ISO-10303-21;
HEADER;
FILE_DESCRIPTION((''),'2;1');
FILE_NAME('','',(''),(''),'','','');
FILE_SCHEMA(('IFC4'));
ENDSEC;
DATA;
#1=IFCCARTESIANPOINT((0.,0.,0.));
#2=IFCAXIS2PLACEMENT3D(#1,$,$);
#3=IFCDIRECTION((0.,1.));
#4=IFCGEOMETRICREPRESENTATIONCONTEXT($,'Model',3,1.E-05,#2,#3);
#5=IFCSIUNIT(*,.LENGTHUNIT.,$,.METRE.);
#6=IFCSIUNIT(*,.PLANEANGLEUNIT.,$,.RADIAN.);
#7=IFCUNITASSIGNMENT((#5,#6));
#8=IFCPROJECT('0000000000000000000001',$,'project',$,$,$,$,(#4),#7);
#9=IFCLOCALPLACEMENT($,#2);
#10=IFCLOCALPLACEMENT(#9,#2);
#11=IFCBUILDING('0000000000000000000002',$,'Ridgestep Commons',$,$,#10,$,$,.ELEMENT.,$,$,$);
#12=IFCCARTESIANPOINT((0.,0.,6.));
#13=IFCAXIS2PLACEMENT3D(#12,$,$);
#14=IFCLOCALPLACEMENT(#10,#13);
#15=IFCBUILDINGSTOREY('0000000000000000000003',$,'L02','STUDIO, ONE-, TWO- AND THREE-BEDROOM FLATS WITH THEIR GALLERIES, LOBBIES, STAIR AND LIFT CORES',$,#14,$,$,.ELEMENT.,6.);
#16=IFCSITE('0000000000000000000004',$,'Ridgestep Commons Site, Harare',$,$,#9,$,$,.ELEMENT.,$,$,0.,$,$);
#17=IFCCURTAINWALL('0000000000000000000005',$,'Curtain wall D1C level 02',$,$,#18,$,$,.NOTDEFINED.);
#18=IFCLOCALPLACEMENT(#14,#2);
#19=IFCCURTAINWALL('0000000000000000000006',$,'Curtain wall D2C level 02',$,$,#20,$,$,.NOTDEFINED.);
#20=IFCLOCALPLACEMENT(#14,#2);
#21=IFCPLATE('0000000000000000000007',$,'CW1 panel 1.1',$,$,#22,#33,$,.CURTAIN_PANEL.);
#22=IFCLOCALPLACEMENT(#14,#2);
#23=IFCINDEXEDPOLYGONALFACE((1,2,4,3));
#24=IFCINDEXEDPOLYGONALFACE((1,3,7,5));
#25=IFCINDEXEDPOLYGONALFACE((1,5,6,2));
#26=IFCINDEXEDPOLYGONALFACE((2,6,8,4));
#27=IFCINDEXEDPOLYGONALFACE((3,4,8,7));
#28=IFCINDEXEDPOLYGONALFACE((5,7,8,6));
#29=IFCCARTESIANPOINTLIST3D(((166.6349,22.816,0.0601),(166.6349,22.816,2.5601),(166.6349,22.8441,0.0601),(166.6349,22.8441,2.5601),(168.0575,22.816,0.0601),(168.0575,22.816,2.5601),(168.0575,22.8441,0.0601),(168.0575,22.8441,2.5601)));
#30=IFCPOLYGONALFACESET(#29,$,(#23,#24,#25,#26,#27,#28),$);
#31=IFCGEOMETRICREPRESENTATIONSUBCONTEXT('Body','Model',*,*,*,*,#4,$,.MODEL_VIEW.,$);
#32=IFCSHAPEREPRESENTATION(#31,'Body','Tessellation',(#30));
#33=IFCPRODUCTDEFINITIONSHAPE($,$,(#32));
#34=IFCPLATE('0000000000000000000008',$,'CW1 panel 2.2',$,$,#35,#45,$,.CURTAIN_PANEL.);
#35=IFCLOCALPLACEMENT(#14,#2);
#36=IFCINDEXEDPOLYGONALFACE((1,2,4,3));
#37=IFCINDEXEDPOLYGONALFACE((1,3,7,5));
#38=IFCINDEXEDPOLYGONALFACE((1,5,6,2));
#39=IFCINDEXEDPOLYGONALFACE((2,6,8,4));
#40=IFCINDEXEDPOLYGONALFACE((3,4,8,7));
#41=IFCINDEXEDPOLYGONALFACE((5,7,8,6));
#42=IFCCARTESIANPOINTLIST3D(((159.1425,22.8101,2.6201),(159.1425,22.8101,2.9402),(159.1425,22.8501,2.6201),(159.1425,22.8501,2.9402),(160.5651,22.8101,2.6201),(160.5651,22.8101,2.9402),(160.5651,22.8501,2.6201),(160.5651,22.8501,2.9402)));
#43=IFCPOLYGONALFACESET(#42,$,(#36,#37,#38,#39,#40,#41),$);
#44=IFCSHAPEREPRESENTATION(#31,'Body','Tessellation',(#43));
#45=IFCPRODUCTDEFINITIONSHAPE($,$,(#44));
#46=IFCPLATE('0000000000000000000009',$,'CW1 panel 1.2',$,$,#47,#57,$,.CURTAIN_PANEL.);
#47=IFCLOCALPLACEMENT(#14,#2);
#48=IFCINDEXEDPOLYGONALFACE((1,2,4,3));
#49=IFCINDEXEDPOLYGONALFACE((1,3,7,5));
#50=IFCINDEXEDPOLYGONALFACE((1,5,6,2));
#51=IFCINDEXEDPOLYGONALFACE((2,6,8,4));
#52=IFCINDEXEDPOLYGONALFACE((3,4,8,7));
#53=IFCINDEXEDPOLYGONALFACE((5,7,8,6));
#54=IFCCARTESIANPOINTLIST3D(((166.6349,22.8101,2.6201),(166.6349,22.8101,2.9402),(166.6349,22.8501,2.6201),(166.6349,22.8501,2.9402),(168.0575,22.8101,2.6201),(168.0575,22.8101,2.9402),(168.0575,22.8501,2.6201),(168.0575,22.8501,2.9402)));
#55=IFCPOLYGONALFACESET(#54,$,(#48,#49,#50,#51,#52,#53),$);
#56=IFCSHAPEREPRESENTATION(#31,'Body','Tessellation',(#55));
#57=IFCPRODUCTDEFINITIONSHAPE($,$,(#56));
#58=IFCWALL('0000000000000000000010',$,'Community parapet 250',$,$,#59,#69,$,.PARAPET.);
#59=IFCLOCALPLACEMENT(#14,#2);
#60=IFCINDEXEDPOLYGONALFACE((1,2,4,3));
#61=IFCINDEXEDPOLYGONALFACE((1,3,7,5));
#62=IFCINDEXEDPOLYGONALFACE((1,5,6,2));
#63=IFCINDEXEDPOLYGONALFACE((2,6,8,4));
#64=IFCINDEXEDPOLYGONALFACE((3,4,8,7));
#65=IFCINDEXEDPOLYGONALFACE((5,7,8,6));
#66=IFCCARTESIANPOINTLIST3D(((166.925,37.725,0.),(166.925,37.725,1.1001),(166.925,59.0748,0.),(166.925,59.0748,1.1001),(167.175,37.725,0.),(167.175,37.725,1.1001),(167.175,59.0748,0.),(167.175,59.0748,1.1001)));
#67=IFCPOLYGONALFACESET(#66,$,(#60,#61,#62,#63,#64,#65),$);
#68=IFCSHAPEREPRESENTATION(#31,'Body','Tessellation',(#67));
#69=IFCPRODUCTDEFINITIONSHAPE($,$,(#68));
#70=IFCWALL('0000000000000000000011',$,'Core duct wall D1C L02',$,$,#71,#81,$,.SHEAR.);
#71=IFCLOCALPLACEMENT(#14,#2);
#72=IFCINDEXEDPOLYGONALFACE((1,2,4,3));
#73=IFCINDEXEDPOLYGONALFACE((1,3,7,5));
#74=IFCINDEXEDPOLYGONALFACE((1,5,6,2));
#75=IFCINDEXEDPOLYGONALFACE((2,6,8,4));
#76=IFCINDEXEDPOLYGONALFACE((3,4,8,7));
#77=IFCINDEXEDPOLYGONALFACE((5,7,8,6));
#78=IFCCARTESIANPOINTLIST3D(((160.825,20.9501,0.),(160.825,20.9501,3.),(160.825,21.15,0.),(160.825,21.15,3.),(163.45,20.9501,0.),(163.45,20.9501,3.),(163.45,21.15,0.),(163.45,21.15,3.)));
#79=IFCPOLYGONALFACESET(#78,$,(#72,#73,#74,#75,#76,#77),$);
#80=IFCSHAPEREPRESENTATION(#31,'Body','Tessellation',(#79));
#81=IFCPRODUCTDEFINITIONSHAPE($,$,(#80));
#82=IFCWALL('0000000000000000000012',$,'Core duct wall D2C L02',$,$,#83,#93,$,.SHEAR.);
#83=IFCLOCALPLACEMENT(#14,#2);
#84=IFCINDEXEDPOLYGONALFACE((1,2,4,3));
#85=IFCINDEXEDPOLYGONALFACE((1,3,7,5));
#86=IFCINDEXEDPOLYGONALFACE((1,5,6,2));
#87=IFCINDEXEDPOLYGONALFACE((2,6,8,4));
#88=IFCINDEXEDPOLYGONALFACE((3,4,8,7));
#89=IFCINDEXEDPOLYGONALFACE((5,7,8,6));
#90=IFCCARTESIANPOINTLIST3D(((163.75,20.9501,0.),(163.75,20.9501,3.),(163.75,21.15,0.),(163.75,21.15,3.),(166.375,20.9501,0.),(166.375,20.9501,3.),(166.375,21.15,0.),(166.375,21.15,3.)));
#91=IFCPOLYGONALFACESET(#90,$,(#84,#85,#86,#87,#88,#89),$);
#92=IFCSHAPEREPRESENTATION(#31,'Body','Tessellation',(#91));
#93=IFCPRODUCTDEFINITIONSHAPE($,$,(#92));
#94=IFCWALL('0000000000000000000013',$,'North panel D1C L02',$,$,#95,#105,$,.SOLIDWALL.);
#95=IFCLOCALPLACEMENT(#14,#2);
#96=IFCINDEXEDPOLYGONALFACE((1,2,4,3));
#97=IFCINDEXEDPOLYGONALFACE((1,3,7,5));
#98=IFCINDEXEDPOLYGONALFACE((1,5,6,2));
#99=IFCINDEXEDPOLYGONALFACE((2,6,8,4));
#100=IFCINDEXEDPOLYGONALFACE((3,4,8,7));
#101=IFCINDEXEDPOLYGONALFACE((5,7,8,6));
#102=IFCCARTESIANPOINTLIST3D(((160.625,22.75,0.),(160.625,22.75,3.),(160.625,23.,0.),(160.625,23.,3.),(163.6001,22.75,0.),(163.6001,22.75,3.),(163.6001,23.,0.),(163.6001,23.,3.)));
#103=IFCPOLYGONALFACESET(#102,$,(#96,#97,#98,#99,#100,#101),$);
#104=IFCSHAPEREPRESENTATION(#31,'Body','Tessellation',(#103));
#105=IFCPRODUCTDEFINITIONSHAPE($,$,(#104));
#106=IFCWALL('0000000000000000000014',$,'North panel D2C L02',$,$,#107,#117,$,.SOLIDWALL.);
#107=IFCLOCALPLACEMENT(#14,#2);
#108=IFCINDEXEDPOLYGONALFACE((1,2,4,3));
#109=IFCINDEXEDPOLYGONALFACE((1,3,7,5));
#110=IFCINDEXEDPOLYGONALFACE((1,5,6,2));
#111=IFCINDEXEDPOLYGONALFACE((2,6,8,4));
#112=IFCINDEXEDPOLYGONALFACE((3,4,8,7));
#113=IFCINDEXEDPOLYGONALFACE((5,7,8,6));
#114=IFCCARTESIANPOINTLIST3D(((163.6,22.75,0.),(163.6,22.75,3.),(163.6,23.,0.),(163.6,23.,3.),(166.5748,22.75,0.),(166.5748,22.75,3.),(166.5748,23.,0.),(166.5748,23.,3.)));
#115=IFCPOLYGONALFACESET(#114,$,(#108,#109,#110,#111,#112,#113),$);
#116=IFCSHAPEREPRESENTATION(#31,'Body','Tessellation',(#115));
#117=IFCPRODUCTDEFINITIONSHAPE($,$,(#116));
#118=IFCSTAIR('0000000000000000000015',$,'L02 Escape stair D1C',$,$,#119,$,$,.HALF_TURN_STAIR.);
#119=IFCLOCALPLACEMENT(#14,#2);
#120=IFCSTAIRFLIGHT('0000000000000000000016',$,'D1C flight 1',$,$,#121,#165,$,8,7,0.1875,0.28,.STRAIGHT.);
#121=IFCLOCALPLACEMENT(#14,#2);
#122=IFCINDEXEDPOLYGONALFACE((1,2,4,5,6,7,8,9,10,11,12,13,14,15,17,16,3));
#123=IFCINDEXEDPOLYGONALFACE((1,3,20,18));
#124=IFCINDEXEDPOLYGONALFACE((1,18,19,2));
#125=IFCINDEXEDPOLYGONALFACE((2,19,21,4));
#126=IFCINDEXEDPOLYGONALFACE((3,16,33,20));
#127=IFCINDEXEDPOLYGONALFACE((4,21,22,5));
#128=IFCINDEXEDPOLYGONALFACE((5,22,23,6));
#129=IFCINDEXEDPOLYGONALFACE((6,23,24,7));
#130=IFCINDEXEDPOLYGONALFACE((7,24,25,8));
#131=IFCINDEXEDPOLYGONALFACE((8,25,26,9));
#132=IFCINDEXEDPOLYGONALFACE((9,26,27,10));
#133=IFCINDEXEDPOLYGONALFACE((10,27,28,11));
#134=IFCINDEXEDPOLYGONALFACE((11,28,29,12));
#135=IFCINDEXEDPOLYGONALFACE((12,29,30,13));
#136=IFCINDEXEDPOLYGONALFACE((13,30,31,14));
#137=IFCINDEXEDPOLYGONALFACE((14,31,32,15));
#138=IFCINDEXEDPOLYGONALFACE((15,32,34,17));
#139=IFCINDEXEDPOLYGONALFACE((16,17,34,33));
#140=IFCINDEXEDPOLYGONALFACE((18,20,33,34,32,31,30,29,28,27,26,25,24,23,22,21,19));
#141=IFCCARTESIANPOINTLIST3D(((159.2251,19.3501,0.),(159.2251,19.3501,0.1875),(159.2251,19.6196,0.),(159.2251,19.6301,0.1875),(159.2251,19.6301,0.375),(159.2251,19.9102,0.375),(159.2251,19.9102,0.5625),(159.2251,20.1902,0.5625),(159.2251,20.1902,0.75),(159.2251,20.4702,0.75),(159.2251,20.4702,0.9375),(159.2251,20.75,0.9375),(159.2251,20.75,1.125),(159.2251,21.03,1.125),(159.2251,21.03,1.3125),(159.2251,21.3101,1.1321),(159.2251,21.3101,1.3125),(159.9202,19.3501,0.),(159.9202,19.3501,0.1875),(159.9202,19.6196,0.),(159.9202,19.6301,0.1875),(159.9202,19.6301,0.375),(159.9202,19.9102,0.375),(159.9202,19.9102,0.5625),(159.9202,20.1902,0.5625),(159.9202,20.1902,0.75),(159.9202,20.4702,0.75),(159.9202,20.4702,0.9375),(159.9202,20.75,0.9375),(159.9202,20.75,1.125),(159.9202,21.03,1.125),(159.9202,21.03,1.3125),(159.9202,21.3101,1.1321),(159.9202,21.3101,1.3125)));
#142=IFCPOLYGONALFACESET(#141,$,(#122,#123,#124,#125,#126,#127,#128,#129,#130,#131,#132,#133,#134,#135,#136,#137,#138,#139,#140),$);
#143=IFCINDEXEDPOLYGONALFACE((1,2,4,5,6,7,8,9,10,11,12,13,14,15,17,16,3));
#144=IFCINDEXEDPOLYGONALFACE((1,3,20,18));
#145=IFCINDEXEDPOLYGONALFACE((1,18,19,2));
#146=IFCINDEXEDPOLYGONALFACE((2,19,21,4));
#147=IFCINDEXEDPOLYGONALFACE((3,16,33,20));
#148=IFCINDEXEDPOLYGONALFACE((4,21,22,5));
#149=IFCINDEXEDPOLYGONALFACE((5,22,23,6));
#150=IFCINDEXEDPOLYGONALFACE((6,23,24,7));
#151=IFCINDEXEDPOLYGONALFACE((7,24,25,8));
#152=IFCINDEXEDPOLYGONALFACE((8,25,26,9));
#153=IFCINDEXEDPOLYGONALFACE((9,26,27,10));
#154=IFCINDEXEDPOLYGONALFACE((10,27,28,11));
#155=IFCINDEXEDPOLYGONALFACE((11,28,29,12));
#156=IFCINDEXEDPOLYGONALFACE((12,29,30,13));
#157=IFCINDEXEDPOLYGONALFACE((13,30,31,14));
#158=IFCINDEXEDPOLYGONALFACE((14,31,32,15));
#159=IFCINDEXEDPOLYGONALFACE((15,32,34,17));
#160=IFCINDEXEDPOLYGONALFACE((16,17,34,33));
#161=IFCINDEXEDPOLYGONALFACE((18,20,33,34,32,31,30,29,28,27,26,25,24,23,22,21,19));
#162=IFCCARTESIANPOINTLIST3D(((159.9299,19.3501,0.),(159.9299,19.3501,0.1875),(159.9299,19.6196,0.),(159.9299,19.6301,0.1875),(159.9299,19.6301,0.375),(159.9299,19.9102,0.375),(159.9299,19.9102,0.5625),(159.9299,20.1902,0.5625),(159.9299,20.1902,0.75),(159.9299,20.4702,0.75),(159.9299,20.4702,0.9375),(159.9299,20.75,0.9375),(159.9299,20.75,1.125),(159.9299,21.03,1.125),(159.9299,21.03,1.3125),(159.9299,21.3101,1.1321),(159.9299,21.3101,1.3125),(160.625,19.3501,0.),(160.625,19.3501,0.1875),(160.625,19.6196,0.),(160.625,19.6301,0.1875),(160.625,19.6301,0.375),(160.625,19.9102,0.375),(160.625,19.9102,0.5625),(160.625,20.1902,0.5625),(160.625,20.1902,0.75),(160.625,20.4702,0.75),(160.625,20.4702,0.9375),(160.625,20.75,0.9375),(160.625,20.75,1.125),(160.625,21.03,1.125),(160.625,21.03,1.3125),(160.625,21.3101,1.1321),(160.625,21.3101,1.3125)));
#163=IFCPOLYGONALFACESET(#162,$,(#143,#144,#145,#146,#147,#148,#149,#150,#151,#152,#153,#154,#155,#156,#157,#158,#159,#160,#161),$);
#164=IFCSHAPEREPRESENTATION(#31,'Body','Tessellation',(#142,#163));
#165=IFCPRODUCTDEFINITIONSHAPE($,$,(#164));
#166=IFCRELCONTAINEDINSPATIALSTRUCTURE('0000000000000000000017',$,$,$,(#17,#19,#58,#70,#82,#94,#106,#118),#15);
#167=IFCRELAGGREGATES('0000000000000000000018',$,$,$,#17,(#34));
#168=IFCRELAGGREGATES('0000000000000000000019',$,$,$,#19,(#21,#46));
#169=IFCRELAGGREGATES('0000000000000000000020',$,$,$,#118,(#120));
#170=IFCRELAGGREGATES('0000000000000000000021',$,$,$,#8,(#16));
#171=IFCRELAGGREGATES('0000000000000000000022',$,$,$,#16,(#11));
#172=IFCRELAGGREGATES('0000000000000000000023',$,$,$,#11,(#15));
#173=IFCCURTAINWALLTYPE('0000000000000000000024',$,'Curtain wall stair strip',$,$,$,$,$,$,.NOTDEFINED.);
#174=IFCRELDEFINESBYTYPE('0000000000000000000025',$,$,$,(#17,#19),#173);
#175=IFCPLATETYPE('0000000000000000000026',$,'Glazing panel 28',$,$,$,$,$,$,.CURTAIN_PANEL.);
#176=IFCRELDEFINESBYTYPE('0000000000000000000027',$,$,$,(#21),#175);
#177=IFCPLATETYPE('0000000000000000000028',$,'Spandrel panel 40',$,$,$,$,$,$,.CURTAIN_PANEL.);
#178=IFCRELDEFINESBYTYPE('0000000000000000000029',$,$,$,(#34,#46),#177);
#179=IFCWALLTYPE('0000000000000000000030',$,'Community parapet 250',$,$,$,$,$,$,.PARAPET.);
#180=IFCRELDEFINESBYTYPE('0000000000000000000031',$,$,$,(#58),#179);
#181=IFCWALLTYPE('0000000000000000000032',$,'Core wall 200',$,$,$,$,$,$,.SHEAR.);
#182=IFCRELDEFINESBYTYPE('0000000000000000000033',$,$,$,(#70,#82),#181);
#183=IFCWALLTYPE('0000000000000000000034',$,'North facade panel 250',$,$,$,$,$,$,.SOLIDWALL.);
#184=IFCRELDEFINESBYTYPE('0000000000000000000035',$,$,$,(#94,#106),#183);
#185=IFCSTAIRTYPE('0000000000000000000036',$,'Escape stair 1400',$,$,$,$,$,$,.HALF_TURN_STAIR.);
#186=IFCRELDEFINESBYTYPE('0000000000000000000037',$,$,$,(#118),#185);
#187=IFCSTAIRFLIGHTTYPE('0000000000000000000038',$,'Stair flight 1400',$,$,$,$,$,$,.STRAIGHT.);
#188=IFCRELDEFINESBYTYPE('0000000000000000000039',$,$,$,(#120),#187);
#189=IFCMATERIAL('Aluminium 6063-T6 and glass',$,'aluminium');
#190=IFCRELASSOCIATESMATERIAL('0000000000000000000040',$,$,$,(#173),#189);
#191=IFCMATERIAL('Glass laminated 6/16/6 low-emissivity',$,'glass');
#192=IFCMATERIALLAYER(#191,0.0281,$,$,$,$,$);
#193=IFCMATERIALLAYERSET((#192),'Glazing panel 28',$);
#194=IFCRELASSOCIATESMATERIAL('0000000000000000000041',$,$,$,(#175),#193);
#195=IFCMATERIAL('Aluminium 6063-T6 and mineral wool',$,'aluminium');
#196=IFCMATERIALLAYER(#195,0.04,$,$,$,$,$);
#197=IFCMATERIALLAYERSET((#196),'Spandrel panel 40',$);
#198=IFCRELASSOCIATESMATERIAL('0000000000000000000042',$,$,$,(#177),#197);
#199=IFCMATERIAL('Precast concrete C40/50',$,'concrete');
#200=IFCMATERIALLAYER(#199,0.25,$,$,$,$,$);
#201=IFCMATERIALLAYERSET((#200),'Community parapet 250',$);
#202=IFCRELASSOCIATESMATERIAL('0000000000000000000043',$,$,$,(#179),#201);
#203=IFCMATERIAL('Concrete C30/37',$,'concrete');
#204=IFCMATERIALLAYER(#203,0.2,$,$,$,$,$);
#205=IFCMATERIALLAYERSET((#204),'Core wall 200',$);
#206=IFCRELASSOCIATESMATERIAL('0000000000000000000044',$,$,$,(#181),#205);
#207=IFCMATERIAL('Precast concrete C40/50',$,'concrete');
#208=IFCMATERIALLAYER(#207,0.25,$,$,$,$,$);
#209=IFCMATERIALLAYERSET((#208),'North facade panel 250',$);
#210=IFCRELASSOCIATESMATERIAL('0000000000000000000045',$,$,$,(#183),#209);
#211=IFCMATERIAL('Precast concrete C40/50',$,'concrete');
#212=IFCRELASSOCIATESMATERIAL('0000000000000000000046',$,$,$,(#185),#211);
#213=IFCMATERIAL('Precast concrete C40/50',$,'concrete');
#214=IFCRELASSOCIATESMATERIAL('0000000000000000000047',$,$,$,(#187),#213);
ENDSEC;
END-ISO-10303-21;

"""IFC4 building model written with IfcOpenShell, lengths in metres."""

from ifc_helpers import new_model, si_unit, direction, frame, frame_2d, origin, origin_2d, place, context, subcontext, project, spatial, polyline, rectangle, outline, extrude, material, layer, layer_set, type_object, element, aggregate, save


model = new_model("IFC4")

# Units and contexts
model_context = context("Model", 3, precision=1e-05, world=origin(), true_north=direction((0.0, 1.0)))
body_context = subcontext(model_context, "Body", "Model", "MODEL_VIEW")
ifc_project = project(units=[si_unit("LENGTHUNIT", "METRE"), si_unit("PLANEANGLEUNIT", "RADIAN")], contexts=[model_context])

# Site, building, storey
site_placement = place(None, origin())
site = spatial("IfcSite", under=ifc_project, at=site_placement, Name="Ridgestep Commons Site, Harare", CompositionType="ELEMENT", RefElevation=0.0)
building_placement = place(site_placement, origin())
building = spatial("IfcBuilding", under=site, at=building_placement, Name="Ridgestep Commons", CompositionType="ELEMENT")
storey_placement = place(building_placement, frame((0.0, 0.0, 6.0)))
storey = spatial("IfcBuildingStorey", under=building, at=storey_placement, Name="L02", Description="STUDIO, ONE-, TWO- AND THREE-BEDROOM FLATS WITH THEIR GALLERIES, LOBBIES, STAIR AND LIFT CORES", CompositionType="ELEMENT", Elevation=6.0)

# Curtain walls
ifc_material_1 = material(Name="Aluminium 6063-T6 and glass", Category="aluminium")
curtain_wall_type = type_object("IfcCurtainWallType", Name="Curtain wall stair strip", PredefinedType="NOTDEFINED", material=ifc_material_1)
curtain_wall_1_placement = place(storey_placement, origin())
curtain_wall_1 = element("IfcCurtainWall", 1, at=curtain_wall_1_placement, inside=storey, type_object=curtain_wall_type, Name="Curtain wall D1C level 02", PredefinedType="NOTDEFINED")
curtain_wall_2_placement = place(storey_placement, origin())
curtain_wall_2 = element("IfcCurtainWall", 2, at=curtain_wall_2_placement, inside=storey, type_object=curtain_wall_type, Name="Curtain wall D2C level 02", PredefinedType="NOTDEFINED")

# Plates
ifc_material_2 = material(Name="Glass laminated 6/16/6 low-emissivity", Category="glass")
ifc_layer_1 = layer(ifc_material_2, 0.0281)
ifc_layer_set_1 = layer_set([ifc_layer_1], Name="Glazing panel 28")
plate_type_1 = type_object("IfcPlateType", Name="Glazing panel 28", PredefinedType="CURTAIN_PANEL", material=ifc_layer_set_1)
plate_1_placement = place(storey_placement, frame((167.3462, 22.8301, 0.0601), z_axis=(0.0, 0.0, 1.0), x_axis=(1.0, 0.0, 0.0)))
plate_1 = element("IfcPlate", 3, at=plate_1_placement, type_object=plate_type_1, Name="CW1 panel 1.1", PredefinedType="CURTAIN_PANEL", context=body_context, shape_type="SweptSolid", body=[
    extrude(rectangle(XDim=1.4226, YDim=0.0281, at=origin_2d()), origin(), (0.0, 0.0, 1.0), 2.5),
])
ifc_material_3 = material(Name="Aluminium 6063-T6 and mineral wool", Category="aluminium")
ifc_layer_2 = layer(ifc_material_3, 0.04)
ifc_layer_set_2 = layer_set([ifc_layer_2], Name="Spandrel panel 40")
plate_type_2 = type_object("IfcPlateType", Name="Spandrel panel 40", PredefinedType="CURTAIN_PANEL", material=ifc_layer_set_2)
plate_2_placement = place(storey_placement, frame((159.8538, 22.8301, 2.6201), z_axis=(0.0, 0.0, 1.0), x_axis=(1.0, 0.0, 0.0)))
plate_2 = element("IfcPlate", 4, at=plate_2_placement, type_object=plate_type_2, Name="CW1 panel 2.2", PredefinedType="CURTAIN_PANEL", context=body_context, shape_type="SweptSolid", body=[
    extrude(rectangle(XDim=1.4226, YDim=0.04, at=origin_2d()), origin(), (0.0, 0.0, 1.0), 0.3201),
])
aggregate(curtain_wall_1, [plate_2])
plate_3_placement = place(storey_placement, frame((167.3462, 22.8301, 2.6201), z_axis=(0.0, 0.0, 1.0), x_axis=(1.0, 0.0, 0.0)))
plate_3 = element("IfcPlate", 5, at=plate_3_placement, type_object=plate_type_2, Name="CW1 panel 1.2", PredefinedType="CURTAIN_PANEL", context=body_context, shape_type="SweptSolid", body=[
    extrude(rectangle(XDim=1.4226, YDim=0.04, at=origin_2d()), origin(), (0.0, 0.0, 1.0), 0.3201),
])
aggregate(curtain_wall_2, [plate_1, plate_3])

# Walls
ifc_material_4 = material(Name="Precast concrete C40/50", Category="concrete")
ifc_layer_3 = layer(ifc_material_4, 0.25)
ifc_layer_set_3 = layer_set([ifc_layer_3], Name="Community parapet 250")
wall_type_1 = type_object("IfcWallType", Name="Community parapet 250", PredefinedType="PARAPET", material=ifc_layer_set_3)
wall_1_placement = place(storey_placement, frame((167.05, 37.7251, 0.0), z_axis=(0.0, 0.0, 1.0), x_axis=(0.0, 1.0, 0.0)))
element("IfcWall", 6, at=wall_1_placement, inside=storey, type_object=wall_type_1, Name="Community parapet 250", PredefinedType="PARAPET", context=body_context, shape_type="SweptSolid", body=[
    extrude(rectangle(XDim=21.3499, YDim=0.25, at=frame_2d((10.6748, 0.0))), origin(), (0.0, 0.0, 1.0), 1.1001),
])
ifc_material_5 = material(Name="Concrete C30/37", Category="concrete")
ifc_layer_4 = layer(ifc_material_5, 0.2)
ifc_layer_set_4 = layer_set([ifc_layer_4], Name="Core wall 200")
wall_type_2 = type_object("IfcWallType", Name="Core wall 200", PredefinedType="SHEAR", material=ifc_layer_set_4)
for number, where, z_axis, x_axis, name in (
    (7, (160.825, 21.05, 0.0), (0.0, 0.0, 1.0), (1.0, 0.0, 0.0), "Core duct wall D1C L02"),
    (8, (163.75, 21.05, 0.0), (0.0, 0.0, 1.0), (1.0, 0.0, 0.0), "Core duct wall D2C L02"),
):
    element("IfcWall", number, at=place(storey_placement, frame(where, z_axis=z_axis, x_axis=x_axis)), inside=storey, type_object=wall_type_2, Name=name, PredefinedType="SHEAR", context=body_context, shape_type="SweptSolid", body=[
        extrude(rectangle(XDim=2.625, YDim=0.2, at=frame_2d((1.3125, 0.0))), origin(), (0.0, 0.0, 1.0), 3.0),
    ])
ifc_material_6 = material(Name="Precast concrete C40/50", Category="concrete")
ifc_layer_5 = layer(ifc_material_6, 0.25)
ifc_layer_set_5 = layer_set([ifc_layer_5], Name="North facade panel 250")
wall_type_3 = type_object("IfcWallType", Name="North facade panel 250", PredefinedType="SOLIDWALL", material=ifc_layer_set_5)
wall_2_placement = place(storey_placement, frame((160.625, 22.875, 0.0), z_axis=(0.0, 0.0, 1.0), x_axis=(1.0, 0.0, 0.0)))
element("IfcWall", 9, at=wall_2_placement, inside=storey, type_object=wall_type_3, Name="North panel D1C L02", PredefinedType="SOLIDWALL", context=body_context, shape_type="SweptSolid", body=[
    extrude(rectangle(XDim=2.9751, YDim=0.25, at=frame_2d((1.4875, 0.0))), origin(), (0.0, 0.0, 1.0), 3.0),
])
wall_3_placement = place(storey_placement, frame((163.6001, 22.875, 0.0), z_axis=(0.0, 0.0, 1.0), x_axis=(1.0, 0.0, 0.0)))
element("IfcWall", 10, at=wall_3_placement, inside=storey, type_object=wall_type_3, Name="North panel D2C L02", PredefinedType="SOLIDWALL", context=body_context, shape_type="SweptSolid", body=[
    extrude(rectangle(XDim=2.9749, YDim=0.25, at=frame_2d((1.4873, 0.0))), origin(), (0.0, 0.0, 1.0), 3.0),
])

# Stair, stair flight
ifc_material_7 = material(Name="Precast concrete C40/50", Category="concrete")
stair_type = type_object("IfcStairType", Name="Escape stair 1400", PredefinedType="HALF_TURN_STAIR", material=ifc_material_7)
stair_1_placement = place(storey_placement, origin())
stair_1 = element("IfcStair", 11, at=stair_1_placement, inside=storey, type_object=stair_type, Name="L02 Escape stair D1C", PredefinedType="HALF_TURN_STAIR")
ifc_material_8 = material(Name="Precast concrete C40/50", Category="concrete")
stair_flight_type = type_object("IfcStairFlightType", Name="Stair flight 1400", PredefinedType="STRAIGHT", material=ifc_material_8)
stair_flight_1_placement = place(storey_placement, frame((159.925, 19.3501, 0.0), z_axis=(0.0, 0.0, 1.0), x_axis=(0.0, 1.0, 0.0)))
stair_flight_1 = element("IfcStairFlight", 12, at=stair_flight_1_placement, type_object=stair_flight_type, Name="D1C flight 1", NumberOfRisers=8, NumberOfTreads=7, PredefinedType="STRAIGHT", RiserHeight=0.1875, TreadLength=0.28, context=body_context, shape_type="SweptSolid", body=[
    extrude(outline(polyline([(0.0, 0.0), (0.0, 0.1875), (0.28, 0.1875), (0.28, 0.375), (0.5601, 0.375), (0.5601, 0.5625), (0.8401, 0.5625), (0.8401, 0.75), (1.1201, 0.75), (1.1201, 0.9375), (1.3999, 0.9375), (1.3999, 1.125), (1.6799, 1.125), (1.6799, 1.3125), (1.96, 1.3125), (1.96, 1.5), (1.96, 1.1321), (0.2695, 0.0), (0.0, 0.0)])), frame((0.0, 0.7, 0.0), z_axis=(0.0, -1.0, 0.0), x_axis=(1.0, 0.0, 0.0)), (0.0, 0.0, 1.0), 0.6951),
    extrude(outline(polyline([(0.0, 0.0), (0.0, 0.1875), (0.28, 0.1875), (0.28, 0.375), (0.5601, 0.375), (0.5601, 0.5625), (0.8401, 0.5625), (0.8401, 0.75), (1.1201, 0.75), (1.1201, 0.9375), (1.3999, 0.9375), (1.3999, 1.125), (1.6799, 1.125), (1.6799, 1.3125), (1.96, 1.3125), (1.96, 1.5), (1.96, 1.1321), (0.2695, 0.0), (0.0, 0.0)])), frame((0.0, -0.0049, 0.0), z_axis=(0.0, -1.0, 0.0), x_axis=(1.0, 0.0, 0.0)), (0.0, 0.0, 1.0), 0.6951),
])
aggregate(stair_1, [stair_flight_1])

save(model, "model.ifc")
